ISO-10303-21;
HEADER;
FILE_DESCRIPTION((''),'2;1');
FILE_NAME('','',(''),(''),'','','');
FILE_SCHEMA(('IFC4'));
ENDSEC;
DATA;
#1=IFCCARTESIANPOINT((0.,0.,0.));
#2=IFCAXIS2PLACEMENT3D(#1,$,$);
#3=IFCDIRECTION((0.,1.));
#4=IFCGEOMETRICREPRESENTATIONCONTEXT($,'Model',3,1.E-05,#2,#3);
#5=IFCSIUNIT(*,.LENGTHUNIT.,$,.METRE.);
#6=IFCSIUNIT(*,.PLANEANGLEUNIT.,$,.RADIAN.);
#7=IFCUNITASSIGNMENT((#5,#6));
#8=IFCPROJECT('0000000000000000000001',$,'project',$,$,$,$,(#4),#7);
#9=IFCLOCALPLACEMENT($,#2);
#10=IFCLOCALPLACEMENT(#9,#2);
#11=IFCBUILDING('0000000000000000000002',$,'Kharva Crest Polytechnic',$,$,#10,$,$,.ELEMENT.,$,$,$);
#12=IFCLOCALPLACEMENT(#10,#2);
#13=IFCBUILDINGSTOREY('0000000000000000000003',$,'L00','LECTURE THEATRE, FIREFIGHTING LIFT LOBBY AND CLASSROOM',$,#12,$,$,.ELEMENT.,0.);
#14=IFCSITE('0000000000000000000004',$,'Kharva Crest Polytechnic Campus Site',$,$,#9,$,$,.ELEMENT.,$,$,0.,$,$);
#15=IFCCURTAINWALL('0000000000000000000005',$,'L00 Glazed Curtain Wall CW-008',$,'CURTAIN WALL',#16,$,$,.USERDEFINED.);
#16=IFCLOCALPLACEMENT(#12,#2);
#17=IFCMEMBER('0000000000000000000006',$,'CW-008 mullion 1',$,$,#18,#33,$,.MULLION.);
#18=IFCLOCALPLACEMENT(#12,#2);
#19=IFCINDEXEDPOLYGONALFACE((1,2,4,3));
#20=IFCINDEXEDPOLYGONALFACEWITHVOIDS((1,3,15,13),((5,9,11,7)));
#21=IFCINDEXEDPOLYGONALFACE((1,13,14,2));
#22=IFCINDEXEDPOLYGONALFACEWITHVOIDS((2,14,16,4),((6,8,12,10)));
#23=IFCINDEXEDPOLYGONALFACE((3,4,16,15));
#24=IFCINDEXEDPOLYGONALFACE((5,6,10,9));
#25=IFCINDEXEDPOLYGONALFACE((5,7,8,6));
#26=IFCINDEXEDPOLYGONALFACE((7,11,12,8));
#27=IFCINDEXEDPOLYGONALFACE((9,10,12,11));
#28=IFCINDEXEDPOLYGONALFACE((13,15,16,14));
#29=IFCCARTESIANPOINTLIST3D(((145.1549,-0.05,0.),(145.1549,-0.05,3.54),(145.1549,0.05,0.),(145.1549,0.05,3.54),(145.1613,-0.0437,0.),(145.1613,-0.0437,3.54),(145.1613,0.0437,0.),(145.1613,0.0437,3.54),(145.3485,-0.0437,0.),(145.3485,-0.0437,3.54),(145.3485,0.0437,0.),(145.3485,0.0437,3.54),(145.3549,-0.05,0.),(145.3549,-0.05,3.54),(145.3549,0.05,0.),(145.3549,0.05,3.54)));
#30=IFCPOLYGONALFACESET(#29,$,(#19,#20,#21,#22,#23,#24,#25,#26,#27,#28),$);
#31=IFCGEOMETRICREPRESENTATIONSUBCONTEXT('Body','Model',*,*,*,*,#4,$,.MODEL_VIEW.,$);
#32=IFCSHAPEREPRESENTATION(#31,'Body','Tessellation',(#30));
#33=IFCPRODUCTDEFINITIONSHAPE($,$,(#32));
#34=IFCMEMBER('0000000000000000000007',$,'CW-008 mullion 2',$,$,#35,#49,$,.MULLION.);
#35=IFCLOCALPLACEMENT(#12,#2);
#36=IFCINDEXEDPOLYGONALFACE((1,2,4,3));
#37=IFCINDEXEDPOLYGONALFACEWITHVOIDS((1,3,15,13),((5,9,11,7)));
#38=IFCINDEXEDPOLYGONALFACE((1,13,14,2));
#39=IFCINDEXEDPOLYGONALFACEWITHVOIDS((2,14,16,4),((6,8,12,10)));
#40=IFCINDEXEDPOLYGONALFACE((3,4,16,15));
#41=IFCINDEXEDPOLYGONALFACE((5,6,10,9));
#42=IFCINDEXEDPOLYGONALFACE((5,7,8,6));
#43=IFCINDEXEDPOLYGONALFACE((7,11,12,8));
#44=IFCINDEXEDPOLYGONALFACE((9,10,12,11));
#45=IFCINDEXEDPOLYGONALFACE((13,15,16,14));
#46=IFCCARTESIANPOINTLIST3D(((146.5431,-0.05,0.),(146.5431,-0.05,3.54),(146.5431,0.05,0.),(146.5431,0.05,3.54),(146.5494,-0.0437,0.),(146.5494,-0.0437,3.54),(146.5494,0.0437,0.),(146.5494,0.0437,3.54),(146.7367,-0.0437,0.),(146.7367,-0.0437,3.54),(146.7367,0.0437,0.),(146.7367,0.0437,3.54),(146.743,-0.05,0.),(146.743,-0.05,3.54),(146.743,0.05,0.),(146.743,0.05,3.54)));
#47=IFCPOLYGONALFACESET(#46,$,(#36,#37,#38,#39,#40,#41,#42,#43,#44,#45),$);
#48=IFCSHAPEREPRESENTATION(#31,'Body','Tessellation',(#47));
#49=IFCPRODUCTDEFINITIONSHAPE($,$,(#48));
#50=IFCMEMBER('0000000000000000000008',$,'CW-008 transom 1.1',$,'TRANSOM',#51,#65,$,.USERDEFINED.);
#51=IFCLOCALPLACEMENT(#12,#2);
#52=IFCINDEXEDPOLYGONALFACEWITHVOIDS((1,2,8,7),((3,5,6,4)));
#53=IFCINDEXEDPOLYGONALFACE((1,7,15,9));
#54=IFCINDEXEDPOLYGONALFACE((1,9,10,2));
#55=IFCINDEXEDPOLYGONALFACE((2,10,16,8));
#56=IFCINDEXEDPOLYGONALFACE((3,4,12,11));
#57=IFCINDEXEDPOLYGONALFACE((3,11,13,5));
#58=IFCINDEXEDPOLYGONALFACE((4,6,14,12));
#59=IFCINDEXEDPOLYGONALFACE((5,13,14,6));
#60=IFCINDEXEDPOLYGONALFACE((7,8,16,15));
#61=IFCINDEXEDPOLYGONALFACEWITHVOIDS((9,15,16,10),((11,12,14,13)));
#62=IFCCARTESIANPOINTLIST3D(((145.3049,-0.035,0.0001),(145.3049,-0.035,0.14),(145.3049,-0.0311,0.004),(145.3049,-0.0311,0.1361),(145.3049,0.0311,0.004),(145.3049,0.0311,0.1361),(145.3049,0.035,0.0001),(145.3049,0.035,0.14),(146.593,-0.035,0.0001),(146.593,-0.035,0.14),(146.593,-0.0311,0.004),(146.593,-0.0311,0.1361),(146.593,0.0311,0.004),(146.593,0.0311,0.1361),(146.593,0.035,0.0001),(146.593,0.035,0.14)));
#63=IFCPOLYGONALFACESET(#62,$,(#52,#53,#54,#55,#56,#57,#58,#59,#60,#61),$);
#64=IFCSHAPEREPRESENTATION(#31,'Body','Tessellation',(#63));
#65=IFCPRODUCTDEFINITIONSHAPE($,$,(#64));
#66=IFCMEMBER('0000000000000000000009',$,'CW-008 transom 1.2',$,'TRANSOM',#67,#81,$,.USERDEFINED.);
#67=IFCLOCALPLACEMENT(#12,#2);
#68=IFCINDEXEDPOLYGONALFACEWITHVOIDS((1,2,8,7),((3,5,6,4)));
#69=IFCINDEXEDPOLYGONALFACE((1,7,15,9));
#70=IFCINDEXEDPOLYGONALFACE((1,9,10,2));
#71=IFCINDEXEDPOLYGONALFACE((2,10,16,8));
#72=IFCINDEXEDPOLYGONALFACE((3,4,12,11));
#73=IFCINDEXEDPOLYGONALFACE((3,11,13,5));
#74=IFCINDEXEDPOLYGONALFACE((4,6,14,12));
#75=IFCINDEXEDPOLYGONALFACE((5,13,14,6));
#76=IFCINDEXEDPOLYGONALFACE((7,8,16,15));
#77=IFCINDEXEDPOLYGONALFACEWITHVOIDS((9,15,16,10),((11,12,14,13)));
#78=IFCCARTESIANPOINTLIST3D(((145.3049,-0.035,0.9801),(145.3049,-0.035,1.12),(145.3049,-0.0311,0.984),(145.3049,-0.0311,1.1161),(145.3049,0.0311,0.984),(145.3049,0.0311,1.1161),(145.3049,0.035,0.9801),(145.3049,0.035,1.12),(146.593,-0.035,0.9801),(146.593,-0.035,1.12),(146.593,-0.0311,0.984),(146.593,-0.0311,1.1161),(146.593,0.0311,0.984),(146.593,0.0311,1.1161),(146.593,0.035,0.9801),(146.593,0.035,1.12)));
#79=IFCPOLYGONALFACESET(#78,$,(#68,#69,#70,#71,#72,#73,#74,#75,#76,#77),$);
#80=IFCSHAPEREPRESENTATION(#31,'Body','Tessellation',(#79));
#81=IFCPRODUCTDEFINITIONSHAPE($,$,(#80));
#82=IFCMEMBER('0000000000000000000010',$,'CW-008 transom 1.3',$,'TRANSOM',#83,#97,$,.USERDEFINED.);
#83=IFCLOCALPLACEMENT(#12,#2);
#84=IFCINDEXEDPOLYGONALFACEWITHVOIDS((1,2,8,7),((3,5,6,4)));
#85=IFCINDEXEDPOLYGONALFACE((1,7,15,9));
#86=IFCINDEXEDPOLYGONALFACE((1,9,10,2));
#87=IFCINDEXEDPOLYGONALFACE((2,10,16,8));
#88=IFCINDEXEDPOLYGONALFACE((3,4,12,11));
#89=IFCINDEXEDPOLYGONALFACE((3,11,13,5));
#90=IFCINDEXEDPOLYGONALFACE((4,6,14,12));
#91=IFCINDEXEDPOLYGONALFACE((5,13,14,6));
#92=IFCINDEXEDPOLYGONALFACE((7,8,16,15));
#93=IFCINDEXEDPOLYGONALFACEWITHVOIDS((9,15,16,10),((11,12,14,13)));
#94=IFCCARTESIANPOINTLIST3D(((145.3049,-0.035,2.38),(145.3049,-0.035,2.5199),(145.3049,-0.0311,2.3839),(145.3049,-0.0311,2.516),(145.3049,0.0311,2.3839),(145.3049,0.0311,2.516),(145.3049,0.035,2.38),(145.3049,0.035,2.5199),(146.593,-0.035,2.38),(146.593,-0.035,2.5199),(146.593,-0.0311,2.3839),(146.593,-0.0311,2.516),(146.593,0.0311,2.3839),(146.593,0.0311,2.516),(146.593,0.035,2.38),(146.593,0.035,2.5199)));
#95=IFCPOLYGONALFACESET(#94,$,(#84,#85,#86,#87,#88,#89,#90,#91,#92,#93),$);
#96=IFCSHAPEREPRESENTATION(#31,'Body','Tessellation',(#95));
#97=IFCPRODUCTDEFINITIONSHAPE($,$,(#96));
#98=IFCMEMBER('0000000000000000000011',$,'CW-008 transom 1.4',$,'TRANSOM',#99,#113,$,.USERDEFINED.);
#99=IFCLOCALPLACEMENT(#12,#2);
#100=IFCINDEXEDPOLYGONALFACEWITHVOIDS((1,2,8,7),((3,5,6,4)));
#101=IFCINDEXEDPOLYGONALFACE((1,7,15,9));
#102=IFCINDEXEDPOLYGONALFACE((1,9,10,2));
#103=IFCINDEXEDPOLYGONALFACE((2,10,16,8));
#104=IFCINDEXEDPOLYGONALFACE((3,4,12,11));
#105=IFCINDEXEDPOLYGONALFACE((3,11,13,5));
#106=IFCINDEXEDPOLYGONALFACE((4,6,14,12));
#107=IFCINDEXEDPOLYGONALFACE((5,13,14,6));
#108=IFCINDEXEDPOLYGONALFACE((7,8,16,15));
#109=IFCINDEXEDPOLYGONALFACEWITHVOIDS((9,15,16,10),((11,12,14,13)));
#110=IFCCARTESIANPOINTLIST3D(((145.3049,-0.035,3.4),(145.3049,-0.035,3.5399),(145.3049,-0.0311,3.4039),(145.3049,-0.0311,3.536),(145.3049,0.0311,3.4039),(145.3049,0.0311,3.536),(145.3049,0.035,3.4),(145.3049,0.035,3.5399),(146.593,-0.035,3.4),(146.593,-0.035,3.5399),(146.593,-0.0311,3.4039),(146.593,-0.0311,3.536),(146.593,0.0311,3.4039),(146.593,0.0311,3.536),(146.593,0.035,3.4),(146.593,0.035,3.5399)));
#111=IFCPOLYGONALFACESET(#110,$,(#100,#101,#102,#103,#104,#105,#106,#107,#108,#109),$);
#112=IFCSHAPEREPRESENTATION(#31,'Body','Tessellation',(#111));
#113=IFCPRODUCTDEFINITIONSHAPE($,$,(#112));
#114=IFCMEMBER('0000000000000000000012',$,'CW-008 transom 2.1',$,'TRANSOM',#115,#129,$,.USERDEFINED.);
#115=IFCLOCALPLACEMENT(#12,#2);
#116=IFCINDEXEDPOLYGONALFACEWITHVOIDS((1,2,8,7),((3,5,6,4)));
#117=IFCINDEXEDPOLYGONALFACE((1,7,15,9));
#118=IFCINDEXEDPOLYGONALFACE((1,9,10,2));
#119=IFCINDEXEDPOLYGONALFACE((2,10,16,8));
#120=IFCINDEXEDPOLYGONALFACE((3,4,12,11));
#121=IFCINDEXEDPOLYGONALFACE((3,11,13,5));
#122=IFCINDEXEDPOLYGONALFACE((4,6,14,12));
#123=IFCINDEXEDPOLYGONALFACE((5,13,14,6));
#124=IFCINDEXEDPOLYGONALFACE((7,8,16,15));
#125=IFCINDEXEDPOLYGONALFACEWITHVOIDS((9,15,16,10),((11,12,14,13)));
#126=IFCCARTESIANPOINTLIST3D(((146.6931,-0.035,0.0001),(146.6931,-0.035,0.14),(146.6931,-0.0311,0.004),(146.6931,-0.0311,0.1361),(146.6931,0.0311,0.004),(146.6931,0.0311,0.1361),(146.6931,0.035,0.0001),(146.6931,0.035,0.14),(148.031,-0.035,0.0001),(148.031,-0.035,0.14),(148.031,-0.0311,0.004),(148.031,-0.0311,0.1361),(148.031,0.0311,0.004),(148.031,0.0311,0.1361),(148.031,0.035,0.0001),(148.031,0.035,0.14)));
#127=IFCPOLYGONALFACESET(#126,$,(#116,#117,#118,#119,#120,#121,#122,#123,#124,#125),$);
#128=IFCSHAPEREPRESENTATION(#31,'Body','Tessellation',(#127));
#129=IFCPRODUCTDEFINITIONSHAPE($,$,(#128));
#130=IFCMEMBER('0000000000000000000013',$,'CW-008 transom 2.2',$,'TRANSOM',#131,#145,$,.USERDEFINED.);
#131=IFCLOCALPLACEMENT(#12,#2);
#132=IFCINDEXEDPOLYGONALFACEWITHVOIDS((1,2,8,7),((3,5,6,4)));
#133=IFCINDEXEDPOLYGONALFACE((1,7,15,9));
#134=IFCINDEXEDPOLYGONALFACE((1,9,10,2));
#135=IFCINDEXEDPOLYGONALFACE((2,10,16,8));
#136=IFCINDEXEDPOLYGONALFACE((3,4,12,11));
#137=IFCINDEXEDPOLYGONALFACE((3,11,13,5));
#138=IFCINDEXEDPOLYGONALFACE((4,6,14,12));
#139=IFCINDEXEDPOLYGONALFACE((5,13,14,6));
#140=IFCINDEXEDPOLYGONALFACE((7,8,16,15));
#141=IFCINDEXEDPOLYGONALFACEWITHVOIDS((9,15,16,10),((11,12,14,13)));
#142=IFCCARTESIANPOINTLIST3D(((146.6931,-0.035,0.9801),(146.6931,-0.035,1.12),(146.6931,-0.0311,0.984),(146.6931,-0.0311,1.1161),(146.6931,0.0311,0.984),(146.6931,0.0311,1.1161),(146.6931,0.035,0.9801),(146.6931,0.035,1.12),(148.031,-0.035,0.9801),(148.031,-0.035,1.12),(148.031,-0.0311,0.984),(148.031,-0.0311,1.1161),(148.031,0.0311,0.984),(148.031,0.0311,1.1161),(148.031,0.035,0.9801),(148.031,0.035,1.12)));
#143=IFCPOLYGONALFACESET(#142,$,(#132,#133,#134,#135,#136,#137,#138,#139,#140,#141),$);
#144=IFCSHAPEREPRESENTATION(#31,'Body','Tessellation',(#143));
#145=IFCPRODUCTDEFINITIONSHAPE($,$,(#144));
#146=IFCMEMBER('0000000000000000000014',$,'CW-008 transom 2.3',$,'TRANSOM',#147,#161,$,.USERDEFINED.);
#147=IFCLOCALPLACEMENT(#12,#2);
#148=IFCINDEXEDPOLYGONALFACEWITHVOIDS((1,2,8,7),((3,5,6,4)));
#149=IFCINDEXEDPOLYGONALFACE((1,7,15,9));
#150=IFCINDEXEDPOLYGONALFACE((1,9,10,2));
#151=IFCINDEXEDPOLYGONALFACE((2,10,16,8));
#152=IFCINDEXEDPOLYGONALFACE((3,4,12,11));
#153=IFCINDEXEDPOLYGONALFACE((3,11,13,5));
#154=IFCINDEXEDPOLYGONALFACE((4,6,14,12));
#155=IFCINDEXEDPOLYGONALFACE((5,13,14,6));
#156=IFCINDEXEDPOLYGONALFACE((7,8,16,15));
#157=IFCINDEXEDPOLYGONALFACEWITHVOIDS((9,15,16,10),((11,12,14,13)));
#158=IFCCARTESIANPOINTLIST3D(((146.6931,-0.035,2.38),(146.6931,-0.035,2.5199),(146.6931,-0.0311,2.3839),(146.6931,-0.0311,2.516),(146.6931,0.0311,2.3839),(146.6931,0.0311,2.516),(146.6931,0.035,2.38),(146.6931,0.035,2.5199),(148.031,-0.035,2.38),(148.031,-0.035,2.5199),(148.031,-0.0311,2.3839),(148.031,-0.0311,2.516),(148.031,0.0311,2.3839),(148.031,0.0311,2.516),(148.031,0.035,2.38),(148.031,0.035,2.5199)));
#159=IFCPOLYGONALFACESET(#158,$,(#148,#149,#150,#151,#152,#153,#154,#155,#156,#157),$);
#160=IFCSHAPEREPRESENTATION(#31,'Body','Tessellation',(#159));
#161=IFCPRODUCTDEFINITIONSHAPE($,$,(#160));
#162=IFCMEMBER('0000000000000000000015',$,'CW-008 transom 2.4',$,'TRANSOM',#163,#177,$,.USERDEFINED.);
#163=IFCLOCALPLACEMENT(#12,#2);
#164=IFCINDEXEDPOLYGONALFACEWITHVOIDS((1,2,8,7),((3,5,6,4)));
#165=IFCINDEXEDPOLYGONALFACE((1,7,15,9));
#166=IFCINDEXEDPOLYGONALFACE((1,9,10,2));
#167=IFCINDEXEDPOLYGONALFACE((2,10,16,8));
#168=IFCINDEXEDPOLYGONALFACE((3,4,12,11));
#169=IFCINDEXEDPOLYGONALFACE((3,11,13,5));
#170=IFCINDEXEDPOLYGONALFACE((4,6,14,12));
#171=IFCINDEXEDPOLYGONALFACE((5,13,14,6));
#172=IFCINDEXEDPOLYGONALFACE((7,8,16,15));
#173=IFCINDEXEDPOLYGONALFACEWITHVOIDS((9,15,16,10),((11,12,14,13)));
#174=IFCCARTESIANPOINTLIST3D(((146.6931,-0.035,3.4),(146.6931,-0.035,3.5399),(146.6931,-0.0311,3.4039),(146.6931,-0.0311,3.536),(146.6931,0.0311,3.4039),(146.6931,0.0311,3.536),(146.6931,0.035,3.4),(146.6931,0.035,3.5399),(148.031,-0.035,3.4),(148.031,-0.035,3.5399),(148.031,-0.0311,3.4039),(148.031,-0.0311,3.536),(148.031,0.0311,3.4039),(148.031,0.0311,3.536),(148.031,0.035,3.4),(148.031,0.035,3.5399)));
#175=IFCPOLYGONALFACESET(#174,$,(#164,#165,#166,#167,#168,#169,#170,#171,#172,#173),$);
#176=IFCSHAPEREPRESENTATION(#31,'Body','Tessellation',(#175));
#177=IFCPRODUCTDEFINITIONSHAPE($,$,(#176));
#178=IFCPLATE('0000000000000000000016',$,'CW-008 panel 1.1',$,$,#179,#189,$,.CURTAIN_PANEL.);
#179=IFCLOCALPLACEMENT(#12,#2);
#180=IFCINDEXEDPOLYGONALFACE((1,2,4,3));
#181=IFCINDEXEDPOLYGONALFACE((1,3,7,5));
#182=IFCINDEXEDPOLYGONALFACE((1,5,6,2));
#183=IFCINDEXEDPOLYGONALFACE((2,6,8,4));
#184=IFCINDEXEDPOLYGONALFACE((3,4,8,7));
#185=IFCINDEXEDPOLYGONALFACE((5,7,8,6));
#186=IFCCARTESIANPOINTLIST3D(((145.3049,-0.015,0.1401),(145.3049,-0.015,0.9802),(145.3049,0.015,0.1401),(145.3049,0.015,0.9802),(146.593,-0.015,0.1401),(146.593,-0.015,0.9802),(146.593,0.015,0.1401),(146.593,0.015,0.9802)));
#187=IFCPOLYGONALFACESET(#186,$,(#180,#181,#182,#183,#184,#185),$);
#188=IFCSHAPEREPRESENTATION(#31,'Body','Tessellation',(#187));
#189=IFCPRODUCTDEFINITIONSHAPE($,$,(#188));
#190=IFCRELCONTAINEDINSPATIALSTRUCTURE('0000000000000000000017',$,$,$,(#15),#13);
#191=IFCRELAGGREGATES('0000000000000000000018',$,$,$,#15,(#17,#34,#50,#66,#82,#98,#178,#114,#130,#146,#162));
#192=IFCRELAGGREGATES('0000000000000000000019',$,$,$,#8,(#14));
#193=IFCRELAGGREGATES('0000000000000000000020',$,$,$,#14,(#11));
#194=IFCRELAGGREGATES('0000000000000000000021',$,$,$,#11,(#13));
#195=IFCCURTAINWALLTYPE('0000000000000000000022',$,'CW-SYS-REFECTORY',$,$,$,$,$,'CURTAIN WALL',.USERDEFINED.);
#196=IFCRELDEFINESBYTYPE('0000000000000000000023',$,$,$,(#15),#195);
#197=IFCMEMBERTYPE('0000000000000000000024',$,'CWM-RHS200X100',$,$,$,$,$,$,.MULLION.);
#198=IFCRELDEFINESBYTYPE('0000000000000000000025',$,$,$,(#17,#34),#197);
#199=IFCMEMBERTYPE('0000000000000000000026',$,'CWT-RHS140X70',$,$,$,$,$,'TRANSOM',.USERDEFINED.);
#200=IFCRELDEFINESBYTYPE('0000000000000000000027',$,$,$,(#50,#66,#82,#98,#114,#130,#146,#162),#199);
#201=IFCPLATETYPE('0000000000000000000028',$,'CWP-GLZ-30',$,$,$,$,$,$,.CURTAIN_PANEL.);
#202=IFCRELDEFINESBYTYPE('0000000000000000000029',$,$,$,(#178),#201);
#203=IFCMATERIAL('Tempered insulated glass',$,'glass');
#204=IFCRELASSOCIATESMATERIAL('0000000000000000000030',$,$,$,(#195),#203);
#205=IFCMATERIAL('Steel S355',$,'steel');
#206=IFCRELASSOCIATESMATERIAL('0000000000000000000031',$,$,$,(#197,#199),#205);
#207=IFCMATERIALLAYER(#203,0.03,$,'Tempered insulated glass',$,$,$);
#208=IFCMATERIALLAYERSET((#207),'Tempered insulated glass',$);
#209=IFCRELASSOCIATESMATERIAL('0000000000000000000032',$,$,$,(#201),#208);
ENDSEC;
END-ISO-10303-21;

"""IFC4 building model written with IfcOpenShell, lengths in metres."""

from ifc_helpers import new_model, si_unit, direction, frame, origin, origin_2d, place, context, subcontext, project, spatial, rectangle, hollow_rectangle, extrude, material, layer, layer_set, material_profile, profile_set, type_object, element, aggregate, save


model = new_model("IFC4")

# Units and contexts
model_context = context("Model", 3, precision=1e-05, world=origin(), true_north=direction((0.0, 1.0)))
body_context = subcontext(model_context, "Body", "Model", "MODEL_VIEW")
ifc_project = project(units=[si_unit("LENGTHUNIT", "METRE"), si_unit("PLANEANGLEUNIT", "RADIAN")], contexts=[model_context])

# Site, building, storey
site_placement = place(None, origin())
site = spatial("IfcSite", under=ifc_project, at=site_placement, Name="Kharva Crest Polytechnic Campus Site", CompositionType="ELEMENT", RefElevation=0.0)
building_placement = place(site_placement, origin())
building = spatial("IfcBuilding", under=site, at=building_placement, Name="Kharva Crest Polytechnic", CompositionType="ELEMENT")
storey_placement = place(building_placement, origin())
storey = spatial("IfcBuildingStorey", under=building, at=storey_placement, Name="L00", Description="LECTURE THEATRE, FIREFIGHTING LIFT LOBBY AND CLASSROOM", CompositionType="ELEMENT", Elevation=0.0)

# Curtain wall, members, plate
ifc_material_1 = material(Name="Tempered insulated glass", Category="glass")
curtain_wall_type = type_object("IfcCurtainWallType", Name="CW-SYS-REFECTORY", ElementType="CURTAIN WALL", PredefinedType="USERDEFINED", material=ifc_material_1)
curtain_wall_placement = place(storey_placement, origin())
curtain_wall = element("IfcCurtainWall", 1, at=curtain_wall_placement, inside=storey, type_object=curtain_wall_type, Name="L00 Glazed Curtain Wall CW-008", ObjectType="CURTAIN WALL", PredefinedType="USERDEFINED")
ifc_material_2 = material(Name="Steel S355", Category="steel")
ifc_material_profile_1 = material_profile(ifc_material_2, hollow_rectangle(XDim=0.1001, YDim=0.2, WallThickness=0.0063, at=origin_2d()), Name="RHS 200X100X6.3")
ifc_profile_set_1 = profile_set([ifc_material_profile_1], Name="Steel S355")
member_type_1 = type_object("IfcMemberType", Name="CWM-RHS200X100", PredefinedType="MULLION", material=ifc_profile_set_1)
member_1_placement = place(storey_placement, frame((145.2549, 0.0, 0.0), z_axis=(0.0, 0.0, 1.0), x_axis=(0.0, 1.0, 0.0)))
member_1 = element("IfcMember", 2, at=member_1_placement, type_object=member_type_1, Name="CW-008 mullion 1", PredefinedType="MULLION", context=body_context, shape_type="SweptSolid", body=[
    extrude(hollow_rectangle(XDim=0.1001, YDim=0.2, WallThickness=0.0063, at=origin_2d()), origin(), (0.0, 0.0, 1.0), 3.54),
])
member_2_placement = place(storey_placement, frame((146.6431, 0.0, 0.0), z_axis=(0.0, 0.0, 1.0), x_axis=(0.0, 1.0, 0.0)))
member_2 = element("IfcMember", 3, at=member_2_placement, type_object=member_type_1, Name="CW-008 mullion 2", PredefinedType="MULLION", context=body_context, shape_type="SweptSolid", body=[
    extrude(hollow_rectangle(XDim=0.1001, YDim=0.2, WallThickness=0.0063, at=origin_2d()), origin(), (0.0, 0.0, 1.0), 3.54),
])
ifc_material_profile_2 = material_profile(ifc_material_2, hollow_rectangle(XDim=0.0701, YDim=0.1399, WallThickness=0.0039, at=origin_2d()), Name="RHS 140X70X4.0")
ifc_profile_set_2 = profile_set([ifc_material_profile_2], Name="Steel S355")
member_type_2 = type_object("IfcMemberType", Name="CWT-RHS140X70", ElementType="TRANSOM", PredefinedType="USERDEFINED", material=ifc_profile_set_2)
member_3_placement = place(storey_placement, frame((145.3049, 0.0, 0.0701), z_axis=(1.0, 0.0, 0.0), x_axis=(0.0, 1.0, 0.0)))
member_3 = element("IfcMember", 4, at=member_3_placement, type_object=member_type_2, Name="CW-008 transom 1.1", ObjectType="TRANSOM", PredefinedType="USERDEFINED", context=body_context, shape_type="SweptSolid", body=[
    extrude(hollow_rectangle(XDim=0.0701, YDim=0.1399, WallThickness=0.0039, at=origin_2d()), origin(), (0.0, 0.0, 1.0), 1.2881),
])
member_4_placement = place(storey_placement, frame((145.3049, 0.0, 1.05), z_axis=(1.0, 0.0, 0.0), x_axis=(0.0, 1.0, 0.0)))
member_4 = element("IfcMember", 5, at=member_4_placement, type_object=member_type_2, Name="CW-008 transom 1.2", ObjectType="TRANSOM", PredefinedType="USERDEFINED", context=body_context, shape_type="SweptSolid", body=[
    extrude(hollow_rectangle(XDim=0.0701, YDim=0.1399, WallThickness=0.0039, at=origin_2d()), origin(), (0.0, 0.0, 1.0), 1.2881),
])
member_5_placement = place(storey_placement, frame((145.3049, 0.0, 2.45), z_axis=(1.0, 0.0, 0.0), x_axis=(0.0, 1.0, 0.0)))
member_5 = element("IfcMember", 6, at=member_5_placement, type_object=member_type_2, Name="CW-008 transom 1.3", ObjectType="TRANSOM", PredefinedType="USERDEFINED", context=body_context, shape_type="SweptSolid", body=[
    extrude(hollow_rectangle(XDim=0.0701, YDim=0.1399, WallThickness=0.0039, at=origin_2d()), origin(), (0.0, 0.0, 1.0), 1.2881),
])
member_6_placement = place(storey_placement, frame((145.3049, 0.0, 3.47), z_axis=(1.0, 0.0, 0.0), x_axis=(0.0, 1.0, 0.0)))
member_6 = element("IfcMember", 7, at=member_6_placement, type_object=member_type_2, Name="CW-008 transom 1.4", ObjectType="TRANSOM", PredefinedType="USERDEFINED", context=body_context, shape_type="SweptSolid", body=[
    extrude(hollow_rectangle(XDim=0.0701, YDim=0.1399, WallThickness=0.0039, at=origin_2d()), origin(), (0.0, 0.0, 1.0), 1.2881),
])
member_7_placement = place(storey_placement, frame((146.6931, 0.0, 0.0701), z_axis=(1.0, 0.0, 0.0), x_axis=(0.0, 1.0, 0.0)))
member_7 = element("IfcMember", 8, at=member_7_placement, type_object=member_type_2, Name="CW-008 transom 2.1", ObjectType="TRANSOM", PredefinedType="USERDEFINED", context=body_context, shape_type="SweptSolid", body=[
    extrude(hollow_rectangle(XDim=0.0701, YDim=0.1399, WallThickness=0.0039, at=origin_2d()), origin(), (0.0, 0.0, 1.0), 1.3379),
])
member_8_placement = place(storey_placement, frame((146.6931, 0.0, 1.05), z_axis=(1.0, 0.0, 0.0), x_axis=(0.0, 1.0, 0.0)))
member_8 = element("IfcMember", 9, at=member_8_placement, type_object=member_type_2, Name="CW-008 transom 2.2", ObjectType="TRANSOM", PredefinedType="USERDEFINED", context=body_context, shape_type="SweptSolid", body=[
    extrude(hollow_rectangle(XDim=0.0701, YDim=0.1399, WallThickness=0.0039, at=origin_2d()), origin(), (0.0, 0.0, 1.0), 1.3379),
])
member_9_placement = place(storey_placement, frame((146.6931, 0.0, 2.45), z_axis=(1.0, 0.0, 0.0), x_axis=(0.0, 1.0, 0.0)))
member_9 = element("IfcMember", 10, at=member_9_placement, type_object=member_type_2, Name="CW-008 transom 2.3", ObjectType="TRANSOM", PredefinedType="USERDEFINED", context=body_context, shape_type="SweptSolid", body=[
    extrude(hollow_rectangle(XDim=0.0701, YDim=0.1399, WallThickness=0.0039, at=origin_2d()), origin(), (0.0, 0.0, 1.0), 1.3379),
])
member_10_placement = place(storey_placement, frame((146.6931, 0.0, 3.47), z_axis=(1.0, 0.0, 0.0), x_axis=(0.0, 1.0, 0.0)))
member_10 = element("IfcMember", 11, at=member_10_placement, type_object=member_type_2, Name="CW-008 transom 2.4", ObjectType="TRANSOM", PredefinedType="USERDEFINED", context=body_context, shape_type="SweptSolid", body=[
    extrude(hollow_rectangle(XDim=0.0701, YDim=0.1399, WallThickness=0.0039, at=origin_2d()), origin(), (0.0, 0.0, 1.0), 1.3379),
])
ifc_layer = layer(ifc_material_1, 0.03, Name="Tempered insulated glass")
ifc_layer_set = layer_set([ifc_layer], Name="Tempered insulated glass")
plate_type = type_object("IfcPlateType", Name="CWP-GLZ-30", PredefinedType="CURTAIN_PANEL", material=ifc_layer_set)
plate_1_placement = place(storey_placement, frame((145.949, 0.0, 0.1401), z_axis=(0.0, 0.0, 1.0), x_axis=(1.0, 0.0, 0.0)))
plate_1 = element("IfcPlate", 12, at=plate_1_placement, type_object=plate_type, Name="CW-008 panel 1.1", PredefinedType="CURTAIN_PANEL", context=body_context, shape_type="SweptSolid", body=[
    extrude(rectangle(XDim=1.2881, YDim=0.03, at=origin_2d()), origin(), (0.0, 0.0, 1.0), 0.8401),
])
aggregate(curtain_wall, [member_1, member_2, member_3, member_4, member_5, member_6, plate_1, member_7, member_8, member_9, member_10])

save(model, "model.ifc")
